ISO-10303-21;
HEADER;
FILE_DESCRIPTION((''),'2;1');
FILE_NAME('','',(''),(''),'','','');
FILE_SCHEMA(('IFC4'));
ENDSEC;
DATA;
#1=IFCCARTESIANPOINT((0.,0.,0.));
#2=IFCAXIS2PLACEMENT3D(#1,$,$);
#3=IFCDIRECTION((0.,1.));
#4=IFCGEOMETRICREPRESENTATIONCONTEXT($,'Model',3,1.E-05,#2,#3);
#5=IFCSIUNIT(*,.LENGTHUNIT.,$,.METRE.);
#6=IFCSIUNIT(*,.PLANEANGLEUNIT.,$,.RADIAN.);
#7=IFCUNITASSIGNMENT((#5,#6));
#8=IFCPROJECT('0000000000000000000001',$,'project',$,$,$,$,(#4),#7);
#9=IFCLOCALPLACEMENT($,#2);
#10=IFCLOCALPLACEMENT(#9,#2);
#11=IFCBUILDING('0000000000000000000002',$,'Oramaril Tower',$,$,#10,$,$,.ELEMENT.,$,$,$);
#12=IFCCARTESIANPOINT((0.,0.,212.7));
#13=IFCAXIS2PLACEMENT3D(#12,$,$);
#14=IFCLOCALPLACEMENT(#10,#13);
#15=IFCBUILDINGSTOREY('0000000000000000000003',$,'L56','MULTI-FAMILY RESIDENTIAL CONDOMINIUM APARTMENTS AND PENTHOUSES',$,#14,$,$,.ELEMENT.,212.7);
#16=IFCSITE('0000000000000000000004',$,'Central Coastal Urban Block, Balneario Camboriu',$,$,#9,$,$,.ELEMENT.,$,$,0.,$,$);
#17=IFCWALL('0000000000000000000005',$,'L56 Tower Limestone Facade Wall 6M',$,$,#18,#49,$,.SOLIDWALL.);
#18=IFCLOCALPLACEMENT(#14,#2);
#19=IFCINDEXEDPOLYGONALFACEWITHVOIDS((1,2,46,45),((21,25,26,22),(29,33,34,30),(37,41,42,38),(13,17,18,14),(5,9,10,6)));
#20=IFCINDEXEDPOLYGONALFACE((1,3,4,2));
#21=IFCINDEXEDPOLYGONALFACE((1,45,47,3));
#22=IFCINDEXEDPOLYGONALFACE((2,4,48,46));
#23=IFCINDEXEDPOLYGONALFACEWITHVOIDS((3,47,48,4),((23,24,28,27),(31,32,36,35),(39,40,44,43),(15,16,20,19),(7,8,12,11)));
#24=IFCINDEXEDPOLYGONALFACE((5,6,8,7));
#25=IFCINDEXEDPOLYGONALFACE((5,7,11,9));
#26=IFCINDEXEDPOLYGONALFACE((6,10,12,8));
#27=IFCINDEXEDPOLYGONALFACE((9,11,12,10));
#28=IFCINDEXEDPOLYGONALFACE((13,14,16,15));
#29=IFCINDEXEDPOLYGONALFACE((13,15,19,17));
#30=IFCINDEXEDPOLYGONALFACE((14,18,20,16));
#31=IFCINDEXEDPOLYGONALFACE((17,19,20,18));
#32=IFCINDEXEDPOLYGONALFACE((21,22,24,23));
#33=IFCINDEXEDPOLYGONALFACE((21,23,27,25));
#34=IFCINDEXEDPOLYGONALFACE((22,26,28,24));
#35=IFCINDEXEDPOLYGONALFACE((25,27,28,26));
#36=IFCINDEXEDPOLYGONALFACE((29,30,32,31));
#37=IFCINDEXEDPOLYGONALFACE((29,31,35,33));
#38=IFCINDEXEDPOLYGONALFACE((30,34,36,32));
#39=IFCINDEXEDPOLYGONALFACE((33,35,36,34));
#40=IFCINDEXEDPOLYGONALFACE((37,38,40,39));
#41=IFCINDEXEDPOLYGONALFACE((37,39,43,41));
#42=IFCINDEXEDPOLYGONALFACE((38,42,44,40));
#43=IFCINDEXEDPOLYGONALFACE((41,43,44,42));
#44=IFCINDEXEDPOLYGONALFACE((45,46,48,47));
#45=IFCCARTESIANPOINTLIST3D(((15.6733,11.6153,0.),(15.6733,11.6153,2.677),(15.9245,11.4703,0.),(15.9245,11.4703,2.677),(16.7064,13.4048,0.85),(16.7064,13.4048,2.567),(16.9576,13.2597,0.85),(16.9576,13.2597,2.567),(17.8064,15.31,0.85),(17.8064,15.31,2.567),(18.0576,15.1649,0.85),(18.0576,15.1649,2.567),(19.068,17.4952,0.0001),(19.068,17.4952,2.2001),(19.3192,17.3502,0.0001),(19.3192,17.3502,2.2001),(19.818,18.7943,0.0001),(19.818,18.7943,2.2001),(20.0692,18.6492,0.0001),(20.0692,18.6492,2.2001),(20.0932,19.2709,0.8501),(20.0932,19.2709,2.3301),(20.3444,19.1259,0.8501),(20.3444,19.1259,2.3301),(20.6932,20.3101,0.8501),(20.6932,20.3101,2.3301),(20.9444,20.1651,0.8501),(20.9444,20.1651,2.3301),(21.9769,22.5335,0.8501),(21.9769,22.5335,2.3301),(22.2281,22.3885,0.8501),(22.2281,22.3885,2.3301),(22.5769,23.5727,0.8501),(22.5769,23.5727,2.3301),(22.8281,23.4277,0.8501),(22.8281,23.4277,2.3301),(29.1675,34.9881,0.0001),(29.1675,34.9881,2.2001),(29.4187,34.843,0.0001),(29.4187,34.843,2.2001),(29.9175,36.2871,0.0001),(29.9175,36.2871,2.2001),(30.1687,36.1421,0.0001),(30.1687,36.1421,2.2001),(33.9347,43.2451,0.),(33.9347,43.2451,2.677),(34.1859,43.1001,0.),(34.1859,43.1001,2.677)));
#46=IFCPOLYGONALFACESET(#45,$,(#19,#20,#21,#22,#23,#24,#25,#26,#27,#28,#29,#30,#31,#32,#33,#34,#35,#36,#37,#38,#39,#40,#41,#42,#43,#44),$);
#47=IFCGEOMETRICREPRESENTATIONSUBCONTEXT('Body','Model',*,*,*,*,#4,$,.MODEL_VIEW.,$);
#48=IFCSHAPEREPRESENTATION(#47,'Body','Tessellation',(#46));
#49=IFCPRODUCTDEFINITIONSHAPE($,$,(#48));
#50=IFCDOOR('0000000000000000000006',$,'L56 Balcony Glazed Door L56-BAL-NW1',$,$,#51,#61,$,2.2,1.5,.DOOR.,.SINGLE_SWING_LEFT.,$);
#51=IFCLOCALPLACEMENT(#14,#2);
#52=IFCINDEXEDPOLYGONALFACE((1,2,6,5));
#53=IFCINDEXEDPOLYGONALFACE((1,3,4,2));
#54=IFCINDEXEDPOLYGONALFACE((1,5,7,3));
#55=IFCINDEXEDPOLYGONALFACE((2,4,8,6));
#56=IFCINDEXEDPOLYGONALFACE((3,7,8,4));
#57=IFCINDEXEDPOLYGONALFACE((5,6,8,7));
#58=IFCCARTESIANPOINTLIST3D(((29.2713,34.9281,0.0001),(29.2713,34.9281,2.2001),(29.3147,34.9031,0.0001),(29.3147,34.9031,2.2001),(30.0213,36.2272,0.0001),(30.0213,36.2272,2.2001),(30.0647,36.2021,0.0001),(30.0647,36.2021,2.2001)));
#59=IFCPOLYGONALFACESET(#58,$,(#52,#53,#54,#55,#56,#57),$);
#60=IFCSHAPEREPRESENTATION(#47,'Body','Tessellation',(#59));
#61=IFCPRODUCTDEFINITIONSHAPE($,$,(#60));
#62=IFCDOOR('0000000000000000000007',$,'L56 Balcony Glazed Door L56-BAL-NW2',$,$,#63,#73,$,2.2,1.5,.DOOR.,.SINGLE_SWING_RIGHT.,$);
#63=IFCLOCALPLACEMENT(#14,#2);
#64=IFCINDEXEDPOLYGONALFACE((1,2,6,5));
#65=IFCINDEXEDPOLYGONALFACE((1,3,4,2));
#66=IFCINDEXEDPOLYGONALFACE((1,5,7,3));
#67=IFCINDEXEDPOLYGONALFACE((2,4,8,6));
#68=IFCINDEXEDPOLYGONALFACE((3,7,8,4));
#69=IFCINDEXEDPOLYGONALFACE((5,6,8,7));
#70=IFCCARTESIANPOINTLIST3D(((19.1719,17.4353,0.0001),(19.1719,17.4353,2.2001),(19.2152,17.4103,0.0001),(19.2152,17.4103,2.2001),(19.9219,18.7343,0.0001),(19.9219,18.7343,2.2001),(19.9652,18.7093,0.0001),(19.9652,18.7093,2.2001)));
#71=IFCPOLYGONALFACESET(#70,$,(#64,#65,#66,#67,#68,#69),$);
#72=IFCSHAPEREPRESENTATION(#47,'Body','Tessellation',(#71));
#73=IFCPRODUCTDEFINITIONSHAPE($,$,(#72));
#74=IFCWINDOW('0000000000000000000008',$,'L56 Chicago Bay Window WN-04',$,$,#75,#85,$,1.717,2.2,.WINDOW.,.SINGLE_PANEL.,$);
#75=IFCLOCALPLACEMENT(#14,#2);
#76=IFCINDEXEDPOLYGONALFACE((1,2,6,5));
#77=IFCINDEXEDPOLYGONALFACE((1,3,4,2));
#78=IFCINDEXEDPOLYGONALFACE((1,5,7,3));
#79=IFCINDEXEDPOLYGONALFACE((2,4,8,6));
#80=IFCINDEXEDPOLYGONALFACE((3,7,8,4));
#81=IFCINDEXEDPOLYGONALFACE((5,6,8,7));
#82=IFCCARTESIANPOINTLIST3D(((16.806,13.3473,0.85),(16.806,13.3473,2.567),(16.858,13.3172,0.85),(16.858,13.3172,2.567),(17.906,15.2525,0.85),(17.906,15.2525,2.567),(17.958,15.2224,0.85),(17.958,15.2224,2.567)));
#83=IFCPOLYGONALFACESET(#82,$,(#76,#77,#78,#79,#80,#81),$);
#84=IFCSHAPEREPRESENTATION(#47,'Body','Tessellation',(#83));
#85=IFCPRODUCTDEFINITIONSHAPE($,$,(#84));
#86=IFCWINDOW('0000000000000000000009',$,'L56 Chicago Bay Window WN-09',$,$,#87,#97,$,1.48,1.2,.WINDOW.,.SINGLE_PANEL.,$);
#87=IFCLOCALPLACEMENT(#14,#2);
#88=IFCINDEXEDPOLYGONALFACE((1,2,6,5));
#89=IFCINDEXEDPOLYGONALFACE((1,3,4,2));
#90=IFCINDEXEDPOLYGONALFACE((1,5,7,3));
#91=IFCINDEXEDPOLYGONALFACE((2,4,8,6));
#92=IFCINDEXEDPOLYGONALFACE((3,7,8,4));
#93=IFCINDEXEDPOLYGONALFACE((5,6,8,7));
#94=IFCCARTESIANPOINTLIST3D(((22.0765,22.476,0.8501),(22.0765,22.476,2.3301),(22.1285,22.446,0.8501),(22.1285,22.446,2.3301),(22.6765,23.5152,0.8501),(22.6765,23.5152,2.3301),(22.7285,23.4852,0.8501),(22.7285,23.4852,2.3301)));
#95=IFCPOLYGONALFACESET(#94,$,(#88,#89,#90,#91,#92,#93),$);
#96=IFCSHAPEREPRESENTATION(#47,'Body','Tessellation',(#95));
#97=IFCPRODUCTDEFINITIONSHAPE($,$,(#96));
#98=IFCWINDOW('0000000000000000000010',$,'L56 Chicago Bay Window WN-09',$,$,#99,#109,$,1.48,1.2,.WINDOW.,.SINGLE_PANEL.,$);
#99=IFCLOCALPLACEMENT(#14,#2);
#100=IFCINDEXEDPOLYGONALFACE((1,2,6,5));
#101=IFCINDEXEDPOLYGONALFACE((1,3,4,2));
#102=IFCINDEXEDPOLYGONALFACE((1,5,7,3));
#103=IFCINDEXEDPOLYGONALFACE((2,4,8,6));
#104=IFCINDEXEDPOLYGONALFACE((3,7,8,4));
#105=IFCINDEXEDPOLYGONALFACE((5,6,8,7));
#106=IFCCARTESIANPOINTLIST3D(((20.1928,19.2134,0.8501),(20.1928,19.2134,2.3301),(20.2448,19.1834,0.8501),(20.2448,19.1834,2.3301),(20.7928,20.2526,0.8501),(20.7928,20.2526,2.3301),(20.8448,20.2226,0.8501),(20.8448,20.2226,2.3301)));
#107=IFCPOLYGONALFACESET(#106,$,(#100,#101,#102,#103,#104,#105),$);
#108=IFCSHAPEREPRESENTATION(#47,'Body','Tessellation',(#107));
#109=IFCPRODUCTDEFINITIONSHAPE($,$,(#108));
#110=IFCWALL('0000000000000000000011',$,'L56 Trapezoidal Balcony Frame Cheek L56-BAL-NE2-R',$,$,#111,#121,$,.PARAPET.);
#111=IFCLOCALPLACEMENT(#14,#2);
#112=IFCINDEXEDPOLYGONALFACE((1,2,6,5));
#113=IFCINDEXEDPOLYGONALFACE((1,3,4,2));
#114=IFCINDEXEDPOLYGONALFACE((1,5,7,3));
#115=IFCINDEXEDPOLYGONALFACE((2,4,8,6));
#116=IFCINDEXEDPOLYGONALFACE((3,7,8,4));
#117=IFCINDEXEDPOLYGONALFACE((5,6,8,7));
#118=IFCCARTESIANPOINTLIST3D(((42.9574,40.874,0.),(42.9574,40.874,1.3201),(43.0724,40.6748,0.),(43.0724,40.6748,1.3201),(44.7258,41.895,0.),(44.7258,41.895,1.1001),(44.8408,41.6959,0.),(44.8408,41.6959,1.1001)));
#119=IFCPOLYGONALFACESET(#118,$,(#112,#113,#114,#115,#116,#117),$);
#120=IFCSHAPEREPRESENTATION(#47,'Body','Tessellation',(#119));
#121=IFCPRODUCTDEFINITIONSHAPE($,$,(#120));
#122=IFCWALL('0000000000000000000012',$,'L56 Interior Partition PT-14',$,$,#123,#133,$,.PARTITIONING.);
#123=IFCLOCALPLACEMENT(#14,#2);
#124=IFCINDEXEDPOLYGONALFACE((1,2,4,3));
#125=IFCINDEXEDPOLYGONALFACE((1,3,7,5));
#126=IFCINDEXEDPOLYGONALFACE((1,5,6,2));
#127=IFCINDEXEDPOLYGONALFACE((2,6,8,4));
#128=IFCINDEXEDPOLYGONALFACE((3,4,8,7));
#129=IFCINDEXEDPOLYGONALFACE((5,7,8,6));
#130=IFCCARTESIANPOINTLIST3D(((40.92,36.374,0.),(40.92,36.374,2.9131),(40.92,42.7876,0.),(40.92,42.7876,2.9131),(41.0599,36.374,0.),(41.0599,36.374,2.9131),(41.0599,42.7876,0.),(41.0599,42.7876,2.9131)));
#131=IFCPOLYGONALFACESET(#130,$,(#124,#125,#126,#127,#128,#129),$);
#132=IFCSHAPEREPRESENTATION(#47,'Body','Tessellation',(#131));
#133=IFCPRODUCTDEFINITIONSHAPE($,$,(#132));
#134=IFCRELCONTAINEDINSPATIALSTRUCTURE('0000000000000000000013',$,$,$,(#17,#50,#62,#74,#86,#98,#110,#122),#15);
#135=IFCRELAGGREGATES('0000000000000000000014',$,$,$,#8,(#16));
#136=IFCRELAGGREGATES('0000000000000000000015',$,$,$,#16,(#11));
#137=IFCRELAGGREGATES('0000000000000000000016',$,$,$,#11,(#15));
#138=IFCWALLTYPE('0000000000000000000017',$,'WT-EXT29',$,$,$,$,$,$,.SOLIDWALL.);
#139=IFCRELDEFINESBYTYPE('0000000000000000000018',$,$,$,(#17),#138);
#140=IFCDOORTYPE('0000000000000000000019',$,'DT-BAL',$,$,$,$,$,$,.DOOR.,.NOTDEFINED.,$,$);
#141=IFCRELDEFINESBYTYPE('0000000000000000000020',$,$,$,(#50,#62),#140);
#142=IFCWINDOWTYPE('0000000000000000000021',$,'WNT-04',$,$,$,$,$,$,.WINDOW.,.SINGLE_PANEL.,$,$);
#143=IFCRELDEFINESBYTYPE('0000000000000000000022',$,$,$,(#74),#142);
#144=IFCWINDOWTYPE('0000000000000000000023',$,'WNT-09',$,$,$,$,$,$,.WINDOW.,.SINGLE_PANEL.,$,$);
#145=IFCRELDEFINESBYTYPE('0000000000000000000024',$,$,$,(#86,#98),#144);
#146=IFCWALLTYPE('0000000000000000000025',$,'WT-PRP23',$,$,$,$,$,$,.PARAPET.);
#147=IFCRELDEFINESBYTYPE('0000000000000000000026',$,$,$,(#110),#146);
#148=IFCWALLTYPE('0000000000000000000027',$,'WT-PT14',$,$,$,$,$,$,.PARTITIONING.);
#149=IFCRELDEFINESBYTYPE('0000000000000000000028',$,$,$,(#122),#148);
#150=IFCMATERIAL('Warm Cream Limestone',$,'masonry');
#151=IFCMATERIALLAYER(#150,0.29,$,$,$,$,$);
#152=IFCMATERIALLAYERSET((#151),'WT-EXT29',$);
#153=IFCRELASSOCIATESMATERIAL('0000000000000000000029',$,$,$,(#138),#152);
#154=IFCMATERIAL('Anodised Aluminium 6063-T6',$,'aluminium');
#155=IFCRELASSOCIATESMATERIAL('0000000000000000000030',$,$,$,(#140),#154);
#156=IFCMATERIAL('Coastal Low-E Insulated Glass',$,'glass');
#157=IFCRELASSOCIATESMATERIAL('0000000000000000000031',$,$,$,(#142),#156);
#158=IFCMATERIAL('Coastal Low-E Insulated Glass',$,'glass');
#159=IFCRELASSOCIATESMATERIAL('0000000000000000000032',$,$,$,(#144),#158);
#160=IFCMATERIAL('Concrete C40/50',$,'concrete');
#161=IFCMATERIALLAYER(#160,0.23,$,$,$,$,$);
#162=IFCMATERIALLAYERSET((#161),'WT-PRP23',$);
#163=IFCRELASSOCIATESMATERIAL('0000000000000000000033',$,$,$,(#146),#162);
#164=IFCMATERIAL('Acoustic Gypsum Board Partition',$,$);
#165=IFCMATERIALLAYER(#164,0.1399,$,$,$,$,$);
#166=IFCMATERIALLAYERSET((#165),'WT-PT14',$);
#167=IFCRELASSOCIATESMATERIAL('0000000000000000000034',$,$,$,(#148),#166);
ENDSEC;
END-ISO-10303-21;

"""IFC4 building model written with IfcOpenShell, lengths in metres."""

from ifc_helpers import new_model, si_unit, direction, frame, frame_2d, origin, place, context, subcontext, project, spatial, polyline, rectangle, outline, extrude, material, layer, layer_set, type_object, element, fill, save


model = new_model("IFC4")

# Units and contexts
model_context = context("Model", 3, precision=1e-05, world=origin(), true_north=direction((0.0, 1.0)))
body_context = subcontext(model_context, "Body", "Model", "MODEL_VIEW")
ifc_project = project(units=[si_unit("LENGTHUNIT", "METRE"), si_unit("PLANEANGLEUNIT", "RADIAN")], contexts=[model_context])

# Site, building, storey
site_placement = place(None, origin())
site = spatial("IfcSite", under=ifc_project, at=site_placement, Name="Central Coastal Urban Block, Balneario Camboriu", CompositionType="ELEMENT", RefElevation=0.0)
building_placement = place(site_placement, origin())
building = spatial("IfcBuilding", under=site, at=building_placement, Name="Oramaril Tower", CompositionType="ELEMENT")
storey_placement = place(building_placement, frame((0.0, 0.0, 212.7)))
storey = spatial("IfcBuildingStorey", under=building, at=storey_placement, Name="L56", Description="MULTI-FAMILY RESIDENTIAL CONDOMINIUM APARTMENTS AND PENTHOUSES", CompositionType="ELEMENT", Elevation=212.7)

# Shared definitions
ifc_material_1 = material(Name="Warm Cream Limestone", Category="masonry")
ifc_layer_1 = layer(ifc_material_1, 0.29)
ifc_layer_set_1 = layer_set([ifc_layer_1], Name="WT-EXT29")
wall_type_1 = type_object("IfcWallType", Name="WT-EXT29", PredefinedType="SOLIDWALL", material=ifc_layer_set_1)

# Wall, openings, doors, windows
wall_1_placement = place(storey_placement, frame((34.0603, 43.1726, 0.0), z_axis=(0.0, 0.0, 1.0), x_axis=(-0.499999, -0.866026, 0.0)))
wall_1 = element("IfcWall", 1, at=wall_1_placement, inside=storey, type_object=wall_type_1, Name="L56 Tower Limestone Facade Wall 6M", PredefinedType="SOLIDWALL", context=body_context, shape_type="SweptSolid", body=[
    extrude(rectangle(XDim=36.5229, YDim=0.29, at=frame_2d((18.2615, 0.0))), origin(), (0.0, 0.0, 1.0), 2.677),
])
opening_1_placement = place(wall_1_placement, frame((8.0344, 0.0, 0.0)))
opening_1 = element("IfcOpeningElement", 2, at=opening_1_placement, cuts=wall_1, PredefinedType="OPENING", context=body_context, shape_type="SweptSolid", body=[
    extrude(rectangle(XDim=1.5, YDim=2.2, at=frame_2d((0.75, 1.1001))), frame((0.0, 0.145, 0.0), z_axis=(0.0, -1.0, 0.0), x_axis=(1.0, 0.0, 0.0)), (0.0, 0.0, 1.0), 0.29),
])
opening_2_placement = place(wall_1_placement, frame((28.2334, 0.0, 0.0)))
opening_2 = element("IfcOpeningElement", 3, at=opening_2_placement, cuts=wall_1, PredefinedType="OPENING", context=body_context, shape_type="SweptSolid", body=[
    extrude(rectangle(XDim=1.5, YDim=2.2, at=frame_2d((0.75, 1.1001))), frame((0.0, 0.145, 0.0), z_axis=(0.0, -1.0, 0.0), x_axis=(1.0, 0.0, 0.0)), (0.0, 0.0, 1.0), 0.29),
])
opening_3_placement = place(wall_1_placement, frame((32.2566, 0.0, 0.8501)))
opening_3 = element("IfcOpeningElement", 4, at=opening_3_placement, cuts=wall_1, PredefinedType="OPENING", context=body_context, shape_type="SweptSolid", body=[
    extrude(rectangle(XDim=2.2, YDim=1.717, at=frame_2d((1.1001, 0.8584))), frame((0.0, 0.145, 0.0), z_axis=(0.0, -1.0, 0.0), x_axis=(1.0, 0.0, 0.0)), (0.0, 0.0, 1.0), 0.29),
])
opening_4_placement = place(wall_1_placement, frame((22.7156, 0.0, 0.8501)))
opening_4 = element("IfcOpeningElement", 5, at=opening_4_placement, cuts=wall_1, PredefinedType="OPENING", context=body_context, shape_type="SweptSolid", body=[
    extrude(rectangle(XDim=1.2, YDim=1.48, at=frame_2d((0.6001, 0.74))), frame((0.0, 0.145, 0.0), z_axis=(0.0, -1.0, 0.0), x_axis=(1.0, 0.0, 0.0)), (0.0, 0.0, 1.0), 0.29),
])
opening_5_placement = place(wall_1_placement, frame((26.4829, 0.0, 0.8501)))
opening_5 = element("IfcOpeningElement", 6, at=opening_5_placement, cuts=wall_1, PredefinedType="OPENING", context=body_context, shape_type="SweptSolid", body=[
    extrude(rectangle(XDim=1.2, YDim=1.48, at=frame_2d((0.6001, 0.74))), frame((0.0, 0.145, 0.0), z_axis=(0.0, -1.0, 0.0), x_axis=(1.0, 0.0, 0.0)), (0.0, 0.0, 1.0), 0.29),
])
ifc_material_2 = material(Name="Anodised Aluminium 6063-T6", Category="aluminium")
door_type_1 = type_object("IfcDoorType", Name="DT-BAL", OperationType="NOTDEFINED", PredefinedType="DOOR", material=ifc_material_2)
door_1_placement = place(opening_1_placement, origin())
door_1 = element("IfcDoor", 7, at=door_1_placement, inside=storey, type_object=door_type_1, Name="L56 Balcony Glazed Door L56-BAL-NW1", OperationType="SINGLE_SWING_LEFT", OverallHeight=2.2, OverallWidth=1.5, PredefinedType="DOOR", context=body_context, shape_type="SweptSolid", body=[
    extrude(rectangle(XDim=1.5, YDim=2.2, at=frame_2d((0.75, 1.1001))), frame((0.0, 0.0249, 0.0), z_axis=(0.0, -1.0, 0.0), x_axis=(1.0, 0.0, 0.0)), (0.0, 0.0, 1.0), 0.05),
])
fill(opening_1, door_1)
door_2_placement = place(opening_2_placement, origin())
door_2 = element("IfcDoor", 8, at=door_2_placement, inside=storey, type_object=door_type_1, Name="L56 Balcony Glazed Door L56-BAL-NW2", OperationType="SINGLE_SWING_RIGHT", OverallHeight=2.2, OverallWidth=1.5, PredefinedType="DOOR", context=body_context, shape_type="SweptSolid", body=[
    extrude(rectangle(XDim=1.5, YDim=2.2, at=frame_2d((0.75, 1.1001))), frame((0.0, 0.0249, 0.0), z_axis=(0.0, -1.0, 0.0), x_axis=(1.0, 0.0, 0.0)), (0.0, 0.0, 1.0), 0.05),
])
fill(opening_2, door_2)
ifc_material_3 = material(Name="Coastal Low-E Insulated Glass", Category="glass")
window_type_1 = type_object("IfcWindowType", Name="WNT-04", PartitioningType="SINGLE_PANEL", PredefinedType="WINDOW", material=ifc_material_3)
window_1_placement = place(opening_3_placement, origin())
window_1 = element("IfcWindow", 9, at=window_1_placement, inside=storey, type_object=window_type_1, Name="L56 Chicago Bay Window WN-04", OverallHeight=1.717, OverallWidth=2.2, PartitioningType="SINGLE_PANEL", PredefinedType="WINDOW", context=body_context, shape_type="SweptSolid", body=[
    extrude(rectangle(XDim=2.2, YDim=1.717, at=frame_2d((1.1001, 0.8584))), frame((0.0, 0.03, 0.0), z_axis=(0.0, -1.0, 0.0), x_axis=(1.0, 0.0, 0.0)), (0.0, 0.0, 1.0), 0.0601),
])
fill(opening_3, window_1)
ifc_material_4 = material(Name="Coastal Low-E Insulated Glass", Category="glass")
window_type_2 = type_object("IfcWindowType", Name="WNT-09", PartitioningType="SINGLE_PANEL", PredefinedType="WINDOW", material=ifc_material_4)
window_2_placement = place(opening_4_placement, origin())
window_2 = element("IfcWindow", 10, at=window_2_placement, inside=storey, type_object=window_type_2, Name="L56 Chicago Bay Window WN-09", OverallHeight=1.48, OverallWidth=1.2, PartitioningType="SINGLE_PANEL", PredefinedType="WINDOW", context=body_context, shape_type="SweptSolid", body=[
    extrude(rectangle(XDim=1.2, YDim=1.48, at=frame_2d((0.6001, 0.74))), frame((0.0, 0.03, 0.0), z_axis=(0.0, -1.0, 0.0), x_axis=(1.0, 0.0, 0.0)), (0.0, 0.0, 1.0), 0.0601),
])
fill(opening_4, window_2)
window_3_placement = place(opening_5_placement, origin())
window_3 = element("IfcWindow", 11, at=window_3_placement, inside=storey, type_object=window_type_2, Name="L56 Chicago Bay Window WN-09", OverallHeight=1.48, OverallWidth=1.2, PartitioningType="SINGLE_PANEL", PredefinedType="WINDOW", context=body_context, shape_type="SweptSolid", body=[
    extrude(rectangle(XDim=1.2, YDim=1.48, at=frame_2d((0.6001, 0.74))), frame((0.0, 0.03, 0.0), z_axis=(0.0, -1.0, 0.0), x_axis=(1.0, 0.0, 0.0)), (0.0, 0.0, 1.0), 0.0601),
])
fill(opening_5, window_3)

# Walls
ifc_material_5 = material(Name="Concrete C40/50", Category="concrete")
ifc_layer_2 = layer(ifc_material_5, 0.23)
ifc_layer_set_2 = layer_set([ifc_layer_2], Name="WT-PRP23")
wall_type_2 = type_object("IfcWallType", Name="WT-PRP23", PredefinedType="PARAPET", material=ifc_layer_set_2)
wall_2_placement = place(storey_placement, frame((43.0149, 40.7744, 0.0), z_axis=(0.0, 0.0, 1.0), x_axis=(0.866012, 0.500023, 0.0)))
element("IfcWall", 12, at=wall_2_placement, inside=storey, type_object=wall_type_2, Name="L56 Trapezoidal Balcony Frame Cheek L56-BAL-NE2-R", PredefinedType="PARAPET", context=body_context, shape_type="SweptSolid", body=[
    extrude(outline(polyline([(0.0, 0.0), (2.042, 0.0), (2.042, 1.1001), (0.0, 1.3201), (0.0, 0.0)])), frame((0.0, 0.115, 0.0), z_axis=(0.0, -1.0, 0.0), x_axis=(1.0, 0.0, 0.0)), (0.0, 0.0, 1.0), 0.23),
])
ifc_material_6 = material(Name="Acoustic Gypsum Board Partition")
ifc_layer_3 = layer(ifc_material_6, 0.1399)
ifc_layer_set_3 = layer_set([ifc_layer_3], Name="WT-PT14")
wall_type_3 = type_object("IfcWallType", Name="WT-PT14", PredefinedType="PARTITIONING", material=ifc_layer_set_3)
wall_3_placement = place(storey_placement, frame((40.99, 36.374, 0.0), z_axis=(0.0, 0.0, 1.0), x_axis=(0.0, 1.0, 0.0)))
element("IfcWall", 13, at=wall_3_placement, inside=storey, type_object=wall_type_3, Name="L56 Interior Partition PT-14", PredefinedType="PARTITIONING", context=body_context, shape_type="SweptSolid", body=[
    extrude(rectangle(XDim=6.4136, YDim=0.1399, at=frame_2d((3.2068, 0.0))), origin(), (0.0, 0.0, 1.0), 2.9131),
])

save(model, "model.ifc")
